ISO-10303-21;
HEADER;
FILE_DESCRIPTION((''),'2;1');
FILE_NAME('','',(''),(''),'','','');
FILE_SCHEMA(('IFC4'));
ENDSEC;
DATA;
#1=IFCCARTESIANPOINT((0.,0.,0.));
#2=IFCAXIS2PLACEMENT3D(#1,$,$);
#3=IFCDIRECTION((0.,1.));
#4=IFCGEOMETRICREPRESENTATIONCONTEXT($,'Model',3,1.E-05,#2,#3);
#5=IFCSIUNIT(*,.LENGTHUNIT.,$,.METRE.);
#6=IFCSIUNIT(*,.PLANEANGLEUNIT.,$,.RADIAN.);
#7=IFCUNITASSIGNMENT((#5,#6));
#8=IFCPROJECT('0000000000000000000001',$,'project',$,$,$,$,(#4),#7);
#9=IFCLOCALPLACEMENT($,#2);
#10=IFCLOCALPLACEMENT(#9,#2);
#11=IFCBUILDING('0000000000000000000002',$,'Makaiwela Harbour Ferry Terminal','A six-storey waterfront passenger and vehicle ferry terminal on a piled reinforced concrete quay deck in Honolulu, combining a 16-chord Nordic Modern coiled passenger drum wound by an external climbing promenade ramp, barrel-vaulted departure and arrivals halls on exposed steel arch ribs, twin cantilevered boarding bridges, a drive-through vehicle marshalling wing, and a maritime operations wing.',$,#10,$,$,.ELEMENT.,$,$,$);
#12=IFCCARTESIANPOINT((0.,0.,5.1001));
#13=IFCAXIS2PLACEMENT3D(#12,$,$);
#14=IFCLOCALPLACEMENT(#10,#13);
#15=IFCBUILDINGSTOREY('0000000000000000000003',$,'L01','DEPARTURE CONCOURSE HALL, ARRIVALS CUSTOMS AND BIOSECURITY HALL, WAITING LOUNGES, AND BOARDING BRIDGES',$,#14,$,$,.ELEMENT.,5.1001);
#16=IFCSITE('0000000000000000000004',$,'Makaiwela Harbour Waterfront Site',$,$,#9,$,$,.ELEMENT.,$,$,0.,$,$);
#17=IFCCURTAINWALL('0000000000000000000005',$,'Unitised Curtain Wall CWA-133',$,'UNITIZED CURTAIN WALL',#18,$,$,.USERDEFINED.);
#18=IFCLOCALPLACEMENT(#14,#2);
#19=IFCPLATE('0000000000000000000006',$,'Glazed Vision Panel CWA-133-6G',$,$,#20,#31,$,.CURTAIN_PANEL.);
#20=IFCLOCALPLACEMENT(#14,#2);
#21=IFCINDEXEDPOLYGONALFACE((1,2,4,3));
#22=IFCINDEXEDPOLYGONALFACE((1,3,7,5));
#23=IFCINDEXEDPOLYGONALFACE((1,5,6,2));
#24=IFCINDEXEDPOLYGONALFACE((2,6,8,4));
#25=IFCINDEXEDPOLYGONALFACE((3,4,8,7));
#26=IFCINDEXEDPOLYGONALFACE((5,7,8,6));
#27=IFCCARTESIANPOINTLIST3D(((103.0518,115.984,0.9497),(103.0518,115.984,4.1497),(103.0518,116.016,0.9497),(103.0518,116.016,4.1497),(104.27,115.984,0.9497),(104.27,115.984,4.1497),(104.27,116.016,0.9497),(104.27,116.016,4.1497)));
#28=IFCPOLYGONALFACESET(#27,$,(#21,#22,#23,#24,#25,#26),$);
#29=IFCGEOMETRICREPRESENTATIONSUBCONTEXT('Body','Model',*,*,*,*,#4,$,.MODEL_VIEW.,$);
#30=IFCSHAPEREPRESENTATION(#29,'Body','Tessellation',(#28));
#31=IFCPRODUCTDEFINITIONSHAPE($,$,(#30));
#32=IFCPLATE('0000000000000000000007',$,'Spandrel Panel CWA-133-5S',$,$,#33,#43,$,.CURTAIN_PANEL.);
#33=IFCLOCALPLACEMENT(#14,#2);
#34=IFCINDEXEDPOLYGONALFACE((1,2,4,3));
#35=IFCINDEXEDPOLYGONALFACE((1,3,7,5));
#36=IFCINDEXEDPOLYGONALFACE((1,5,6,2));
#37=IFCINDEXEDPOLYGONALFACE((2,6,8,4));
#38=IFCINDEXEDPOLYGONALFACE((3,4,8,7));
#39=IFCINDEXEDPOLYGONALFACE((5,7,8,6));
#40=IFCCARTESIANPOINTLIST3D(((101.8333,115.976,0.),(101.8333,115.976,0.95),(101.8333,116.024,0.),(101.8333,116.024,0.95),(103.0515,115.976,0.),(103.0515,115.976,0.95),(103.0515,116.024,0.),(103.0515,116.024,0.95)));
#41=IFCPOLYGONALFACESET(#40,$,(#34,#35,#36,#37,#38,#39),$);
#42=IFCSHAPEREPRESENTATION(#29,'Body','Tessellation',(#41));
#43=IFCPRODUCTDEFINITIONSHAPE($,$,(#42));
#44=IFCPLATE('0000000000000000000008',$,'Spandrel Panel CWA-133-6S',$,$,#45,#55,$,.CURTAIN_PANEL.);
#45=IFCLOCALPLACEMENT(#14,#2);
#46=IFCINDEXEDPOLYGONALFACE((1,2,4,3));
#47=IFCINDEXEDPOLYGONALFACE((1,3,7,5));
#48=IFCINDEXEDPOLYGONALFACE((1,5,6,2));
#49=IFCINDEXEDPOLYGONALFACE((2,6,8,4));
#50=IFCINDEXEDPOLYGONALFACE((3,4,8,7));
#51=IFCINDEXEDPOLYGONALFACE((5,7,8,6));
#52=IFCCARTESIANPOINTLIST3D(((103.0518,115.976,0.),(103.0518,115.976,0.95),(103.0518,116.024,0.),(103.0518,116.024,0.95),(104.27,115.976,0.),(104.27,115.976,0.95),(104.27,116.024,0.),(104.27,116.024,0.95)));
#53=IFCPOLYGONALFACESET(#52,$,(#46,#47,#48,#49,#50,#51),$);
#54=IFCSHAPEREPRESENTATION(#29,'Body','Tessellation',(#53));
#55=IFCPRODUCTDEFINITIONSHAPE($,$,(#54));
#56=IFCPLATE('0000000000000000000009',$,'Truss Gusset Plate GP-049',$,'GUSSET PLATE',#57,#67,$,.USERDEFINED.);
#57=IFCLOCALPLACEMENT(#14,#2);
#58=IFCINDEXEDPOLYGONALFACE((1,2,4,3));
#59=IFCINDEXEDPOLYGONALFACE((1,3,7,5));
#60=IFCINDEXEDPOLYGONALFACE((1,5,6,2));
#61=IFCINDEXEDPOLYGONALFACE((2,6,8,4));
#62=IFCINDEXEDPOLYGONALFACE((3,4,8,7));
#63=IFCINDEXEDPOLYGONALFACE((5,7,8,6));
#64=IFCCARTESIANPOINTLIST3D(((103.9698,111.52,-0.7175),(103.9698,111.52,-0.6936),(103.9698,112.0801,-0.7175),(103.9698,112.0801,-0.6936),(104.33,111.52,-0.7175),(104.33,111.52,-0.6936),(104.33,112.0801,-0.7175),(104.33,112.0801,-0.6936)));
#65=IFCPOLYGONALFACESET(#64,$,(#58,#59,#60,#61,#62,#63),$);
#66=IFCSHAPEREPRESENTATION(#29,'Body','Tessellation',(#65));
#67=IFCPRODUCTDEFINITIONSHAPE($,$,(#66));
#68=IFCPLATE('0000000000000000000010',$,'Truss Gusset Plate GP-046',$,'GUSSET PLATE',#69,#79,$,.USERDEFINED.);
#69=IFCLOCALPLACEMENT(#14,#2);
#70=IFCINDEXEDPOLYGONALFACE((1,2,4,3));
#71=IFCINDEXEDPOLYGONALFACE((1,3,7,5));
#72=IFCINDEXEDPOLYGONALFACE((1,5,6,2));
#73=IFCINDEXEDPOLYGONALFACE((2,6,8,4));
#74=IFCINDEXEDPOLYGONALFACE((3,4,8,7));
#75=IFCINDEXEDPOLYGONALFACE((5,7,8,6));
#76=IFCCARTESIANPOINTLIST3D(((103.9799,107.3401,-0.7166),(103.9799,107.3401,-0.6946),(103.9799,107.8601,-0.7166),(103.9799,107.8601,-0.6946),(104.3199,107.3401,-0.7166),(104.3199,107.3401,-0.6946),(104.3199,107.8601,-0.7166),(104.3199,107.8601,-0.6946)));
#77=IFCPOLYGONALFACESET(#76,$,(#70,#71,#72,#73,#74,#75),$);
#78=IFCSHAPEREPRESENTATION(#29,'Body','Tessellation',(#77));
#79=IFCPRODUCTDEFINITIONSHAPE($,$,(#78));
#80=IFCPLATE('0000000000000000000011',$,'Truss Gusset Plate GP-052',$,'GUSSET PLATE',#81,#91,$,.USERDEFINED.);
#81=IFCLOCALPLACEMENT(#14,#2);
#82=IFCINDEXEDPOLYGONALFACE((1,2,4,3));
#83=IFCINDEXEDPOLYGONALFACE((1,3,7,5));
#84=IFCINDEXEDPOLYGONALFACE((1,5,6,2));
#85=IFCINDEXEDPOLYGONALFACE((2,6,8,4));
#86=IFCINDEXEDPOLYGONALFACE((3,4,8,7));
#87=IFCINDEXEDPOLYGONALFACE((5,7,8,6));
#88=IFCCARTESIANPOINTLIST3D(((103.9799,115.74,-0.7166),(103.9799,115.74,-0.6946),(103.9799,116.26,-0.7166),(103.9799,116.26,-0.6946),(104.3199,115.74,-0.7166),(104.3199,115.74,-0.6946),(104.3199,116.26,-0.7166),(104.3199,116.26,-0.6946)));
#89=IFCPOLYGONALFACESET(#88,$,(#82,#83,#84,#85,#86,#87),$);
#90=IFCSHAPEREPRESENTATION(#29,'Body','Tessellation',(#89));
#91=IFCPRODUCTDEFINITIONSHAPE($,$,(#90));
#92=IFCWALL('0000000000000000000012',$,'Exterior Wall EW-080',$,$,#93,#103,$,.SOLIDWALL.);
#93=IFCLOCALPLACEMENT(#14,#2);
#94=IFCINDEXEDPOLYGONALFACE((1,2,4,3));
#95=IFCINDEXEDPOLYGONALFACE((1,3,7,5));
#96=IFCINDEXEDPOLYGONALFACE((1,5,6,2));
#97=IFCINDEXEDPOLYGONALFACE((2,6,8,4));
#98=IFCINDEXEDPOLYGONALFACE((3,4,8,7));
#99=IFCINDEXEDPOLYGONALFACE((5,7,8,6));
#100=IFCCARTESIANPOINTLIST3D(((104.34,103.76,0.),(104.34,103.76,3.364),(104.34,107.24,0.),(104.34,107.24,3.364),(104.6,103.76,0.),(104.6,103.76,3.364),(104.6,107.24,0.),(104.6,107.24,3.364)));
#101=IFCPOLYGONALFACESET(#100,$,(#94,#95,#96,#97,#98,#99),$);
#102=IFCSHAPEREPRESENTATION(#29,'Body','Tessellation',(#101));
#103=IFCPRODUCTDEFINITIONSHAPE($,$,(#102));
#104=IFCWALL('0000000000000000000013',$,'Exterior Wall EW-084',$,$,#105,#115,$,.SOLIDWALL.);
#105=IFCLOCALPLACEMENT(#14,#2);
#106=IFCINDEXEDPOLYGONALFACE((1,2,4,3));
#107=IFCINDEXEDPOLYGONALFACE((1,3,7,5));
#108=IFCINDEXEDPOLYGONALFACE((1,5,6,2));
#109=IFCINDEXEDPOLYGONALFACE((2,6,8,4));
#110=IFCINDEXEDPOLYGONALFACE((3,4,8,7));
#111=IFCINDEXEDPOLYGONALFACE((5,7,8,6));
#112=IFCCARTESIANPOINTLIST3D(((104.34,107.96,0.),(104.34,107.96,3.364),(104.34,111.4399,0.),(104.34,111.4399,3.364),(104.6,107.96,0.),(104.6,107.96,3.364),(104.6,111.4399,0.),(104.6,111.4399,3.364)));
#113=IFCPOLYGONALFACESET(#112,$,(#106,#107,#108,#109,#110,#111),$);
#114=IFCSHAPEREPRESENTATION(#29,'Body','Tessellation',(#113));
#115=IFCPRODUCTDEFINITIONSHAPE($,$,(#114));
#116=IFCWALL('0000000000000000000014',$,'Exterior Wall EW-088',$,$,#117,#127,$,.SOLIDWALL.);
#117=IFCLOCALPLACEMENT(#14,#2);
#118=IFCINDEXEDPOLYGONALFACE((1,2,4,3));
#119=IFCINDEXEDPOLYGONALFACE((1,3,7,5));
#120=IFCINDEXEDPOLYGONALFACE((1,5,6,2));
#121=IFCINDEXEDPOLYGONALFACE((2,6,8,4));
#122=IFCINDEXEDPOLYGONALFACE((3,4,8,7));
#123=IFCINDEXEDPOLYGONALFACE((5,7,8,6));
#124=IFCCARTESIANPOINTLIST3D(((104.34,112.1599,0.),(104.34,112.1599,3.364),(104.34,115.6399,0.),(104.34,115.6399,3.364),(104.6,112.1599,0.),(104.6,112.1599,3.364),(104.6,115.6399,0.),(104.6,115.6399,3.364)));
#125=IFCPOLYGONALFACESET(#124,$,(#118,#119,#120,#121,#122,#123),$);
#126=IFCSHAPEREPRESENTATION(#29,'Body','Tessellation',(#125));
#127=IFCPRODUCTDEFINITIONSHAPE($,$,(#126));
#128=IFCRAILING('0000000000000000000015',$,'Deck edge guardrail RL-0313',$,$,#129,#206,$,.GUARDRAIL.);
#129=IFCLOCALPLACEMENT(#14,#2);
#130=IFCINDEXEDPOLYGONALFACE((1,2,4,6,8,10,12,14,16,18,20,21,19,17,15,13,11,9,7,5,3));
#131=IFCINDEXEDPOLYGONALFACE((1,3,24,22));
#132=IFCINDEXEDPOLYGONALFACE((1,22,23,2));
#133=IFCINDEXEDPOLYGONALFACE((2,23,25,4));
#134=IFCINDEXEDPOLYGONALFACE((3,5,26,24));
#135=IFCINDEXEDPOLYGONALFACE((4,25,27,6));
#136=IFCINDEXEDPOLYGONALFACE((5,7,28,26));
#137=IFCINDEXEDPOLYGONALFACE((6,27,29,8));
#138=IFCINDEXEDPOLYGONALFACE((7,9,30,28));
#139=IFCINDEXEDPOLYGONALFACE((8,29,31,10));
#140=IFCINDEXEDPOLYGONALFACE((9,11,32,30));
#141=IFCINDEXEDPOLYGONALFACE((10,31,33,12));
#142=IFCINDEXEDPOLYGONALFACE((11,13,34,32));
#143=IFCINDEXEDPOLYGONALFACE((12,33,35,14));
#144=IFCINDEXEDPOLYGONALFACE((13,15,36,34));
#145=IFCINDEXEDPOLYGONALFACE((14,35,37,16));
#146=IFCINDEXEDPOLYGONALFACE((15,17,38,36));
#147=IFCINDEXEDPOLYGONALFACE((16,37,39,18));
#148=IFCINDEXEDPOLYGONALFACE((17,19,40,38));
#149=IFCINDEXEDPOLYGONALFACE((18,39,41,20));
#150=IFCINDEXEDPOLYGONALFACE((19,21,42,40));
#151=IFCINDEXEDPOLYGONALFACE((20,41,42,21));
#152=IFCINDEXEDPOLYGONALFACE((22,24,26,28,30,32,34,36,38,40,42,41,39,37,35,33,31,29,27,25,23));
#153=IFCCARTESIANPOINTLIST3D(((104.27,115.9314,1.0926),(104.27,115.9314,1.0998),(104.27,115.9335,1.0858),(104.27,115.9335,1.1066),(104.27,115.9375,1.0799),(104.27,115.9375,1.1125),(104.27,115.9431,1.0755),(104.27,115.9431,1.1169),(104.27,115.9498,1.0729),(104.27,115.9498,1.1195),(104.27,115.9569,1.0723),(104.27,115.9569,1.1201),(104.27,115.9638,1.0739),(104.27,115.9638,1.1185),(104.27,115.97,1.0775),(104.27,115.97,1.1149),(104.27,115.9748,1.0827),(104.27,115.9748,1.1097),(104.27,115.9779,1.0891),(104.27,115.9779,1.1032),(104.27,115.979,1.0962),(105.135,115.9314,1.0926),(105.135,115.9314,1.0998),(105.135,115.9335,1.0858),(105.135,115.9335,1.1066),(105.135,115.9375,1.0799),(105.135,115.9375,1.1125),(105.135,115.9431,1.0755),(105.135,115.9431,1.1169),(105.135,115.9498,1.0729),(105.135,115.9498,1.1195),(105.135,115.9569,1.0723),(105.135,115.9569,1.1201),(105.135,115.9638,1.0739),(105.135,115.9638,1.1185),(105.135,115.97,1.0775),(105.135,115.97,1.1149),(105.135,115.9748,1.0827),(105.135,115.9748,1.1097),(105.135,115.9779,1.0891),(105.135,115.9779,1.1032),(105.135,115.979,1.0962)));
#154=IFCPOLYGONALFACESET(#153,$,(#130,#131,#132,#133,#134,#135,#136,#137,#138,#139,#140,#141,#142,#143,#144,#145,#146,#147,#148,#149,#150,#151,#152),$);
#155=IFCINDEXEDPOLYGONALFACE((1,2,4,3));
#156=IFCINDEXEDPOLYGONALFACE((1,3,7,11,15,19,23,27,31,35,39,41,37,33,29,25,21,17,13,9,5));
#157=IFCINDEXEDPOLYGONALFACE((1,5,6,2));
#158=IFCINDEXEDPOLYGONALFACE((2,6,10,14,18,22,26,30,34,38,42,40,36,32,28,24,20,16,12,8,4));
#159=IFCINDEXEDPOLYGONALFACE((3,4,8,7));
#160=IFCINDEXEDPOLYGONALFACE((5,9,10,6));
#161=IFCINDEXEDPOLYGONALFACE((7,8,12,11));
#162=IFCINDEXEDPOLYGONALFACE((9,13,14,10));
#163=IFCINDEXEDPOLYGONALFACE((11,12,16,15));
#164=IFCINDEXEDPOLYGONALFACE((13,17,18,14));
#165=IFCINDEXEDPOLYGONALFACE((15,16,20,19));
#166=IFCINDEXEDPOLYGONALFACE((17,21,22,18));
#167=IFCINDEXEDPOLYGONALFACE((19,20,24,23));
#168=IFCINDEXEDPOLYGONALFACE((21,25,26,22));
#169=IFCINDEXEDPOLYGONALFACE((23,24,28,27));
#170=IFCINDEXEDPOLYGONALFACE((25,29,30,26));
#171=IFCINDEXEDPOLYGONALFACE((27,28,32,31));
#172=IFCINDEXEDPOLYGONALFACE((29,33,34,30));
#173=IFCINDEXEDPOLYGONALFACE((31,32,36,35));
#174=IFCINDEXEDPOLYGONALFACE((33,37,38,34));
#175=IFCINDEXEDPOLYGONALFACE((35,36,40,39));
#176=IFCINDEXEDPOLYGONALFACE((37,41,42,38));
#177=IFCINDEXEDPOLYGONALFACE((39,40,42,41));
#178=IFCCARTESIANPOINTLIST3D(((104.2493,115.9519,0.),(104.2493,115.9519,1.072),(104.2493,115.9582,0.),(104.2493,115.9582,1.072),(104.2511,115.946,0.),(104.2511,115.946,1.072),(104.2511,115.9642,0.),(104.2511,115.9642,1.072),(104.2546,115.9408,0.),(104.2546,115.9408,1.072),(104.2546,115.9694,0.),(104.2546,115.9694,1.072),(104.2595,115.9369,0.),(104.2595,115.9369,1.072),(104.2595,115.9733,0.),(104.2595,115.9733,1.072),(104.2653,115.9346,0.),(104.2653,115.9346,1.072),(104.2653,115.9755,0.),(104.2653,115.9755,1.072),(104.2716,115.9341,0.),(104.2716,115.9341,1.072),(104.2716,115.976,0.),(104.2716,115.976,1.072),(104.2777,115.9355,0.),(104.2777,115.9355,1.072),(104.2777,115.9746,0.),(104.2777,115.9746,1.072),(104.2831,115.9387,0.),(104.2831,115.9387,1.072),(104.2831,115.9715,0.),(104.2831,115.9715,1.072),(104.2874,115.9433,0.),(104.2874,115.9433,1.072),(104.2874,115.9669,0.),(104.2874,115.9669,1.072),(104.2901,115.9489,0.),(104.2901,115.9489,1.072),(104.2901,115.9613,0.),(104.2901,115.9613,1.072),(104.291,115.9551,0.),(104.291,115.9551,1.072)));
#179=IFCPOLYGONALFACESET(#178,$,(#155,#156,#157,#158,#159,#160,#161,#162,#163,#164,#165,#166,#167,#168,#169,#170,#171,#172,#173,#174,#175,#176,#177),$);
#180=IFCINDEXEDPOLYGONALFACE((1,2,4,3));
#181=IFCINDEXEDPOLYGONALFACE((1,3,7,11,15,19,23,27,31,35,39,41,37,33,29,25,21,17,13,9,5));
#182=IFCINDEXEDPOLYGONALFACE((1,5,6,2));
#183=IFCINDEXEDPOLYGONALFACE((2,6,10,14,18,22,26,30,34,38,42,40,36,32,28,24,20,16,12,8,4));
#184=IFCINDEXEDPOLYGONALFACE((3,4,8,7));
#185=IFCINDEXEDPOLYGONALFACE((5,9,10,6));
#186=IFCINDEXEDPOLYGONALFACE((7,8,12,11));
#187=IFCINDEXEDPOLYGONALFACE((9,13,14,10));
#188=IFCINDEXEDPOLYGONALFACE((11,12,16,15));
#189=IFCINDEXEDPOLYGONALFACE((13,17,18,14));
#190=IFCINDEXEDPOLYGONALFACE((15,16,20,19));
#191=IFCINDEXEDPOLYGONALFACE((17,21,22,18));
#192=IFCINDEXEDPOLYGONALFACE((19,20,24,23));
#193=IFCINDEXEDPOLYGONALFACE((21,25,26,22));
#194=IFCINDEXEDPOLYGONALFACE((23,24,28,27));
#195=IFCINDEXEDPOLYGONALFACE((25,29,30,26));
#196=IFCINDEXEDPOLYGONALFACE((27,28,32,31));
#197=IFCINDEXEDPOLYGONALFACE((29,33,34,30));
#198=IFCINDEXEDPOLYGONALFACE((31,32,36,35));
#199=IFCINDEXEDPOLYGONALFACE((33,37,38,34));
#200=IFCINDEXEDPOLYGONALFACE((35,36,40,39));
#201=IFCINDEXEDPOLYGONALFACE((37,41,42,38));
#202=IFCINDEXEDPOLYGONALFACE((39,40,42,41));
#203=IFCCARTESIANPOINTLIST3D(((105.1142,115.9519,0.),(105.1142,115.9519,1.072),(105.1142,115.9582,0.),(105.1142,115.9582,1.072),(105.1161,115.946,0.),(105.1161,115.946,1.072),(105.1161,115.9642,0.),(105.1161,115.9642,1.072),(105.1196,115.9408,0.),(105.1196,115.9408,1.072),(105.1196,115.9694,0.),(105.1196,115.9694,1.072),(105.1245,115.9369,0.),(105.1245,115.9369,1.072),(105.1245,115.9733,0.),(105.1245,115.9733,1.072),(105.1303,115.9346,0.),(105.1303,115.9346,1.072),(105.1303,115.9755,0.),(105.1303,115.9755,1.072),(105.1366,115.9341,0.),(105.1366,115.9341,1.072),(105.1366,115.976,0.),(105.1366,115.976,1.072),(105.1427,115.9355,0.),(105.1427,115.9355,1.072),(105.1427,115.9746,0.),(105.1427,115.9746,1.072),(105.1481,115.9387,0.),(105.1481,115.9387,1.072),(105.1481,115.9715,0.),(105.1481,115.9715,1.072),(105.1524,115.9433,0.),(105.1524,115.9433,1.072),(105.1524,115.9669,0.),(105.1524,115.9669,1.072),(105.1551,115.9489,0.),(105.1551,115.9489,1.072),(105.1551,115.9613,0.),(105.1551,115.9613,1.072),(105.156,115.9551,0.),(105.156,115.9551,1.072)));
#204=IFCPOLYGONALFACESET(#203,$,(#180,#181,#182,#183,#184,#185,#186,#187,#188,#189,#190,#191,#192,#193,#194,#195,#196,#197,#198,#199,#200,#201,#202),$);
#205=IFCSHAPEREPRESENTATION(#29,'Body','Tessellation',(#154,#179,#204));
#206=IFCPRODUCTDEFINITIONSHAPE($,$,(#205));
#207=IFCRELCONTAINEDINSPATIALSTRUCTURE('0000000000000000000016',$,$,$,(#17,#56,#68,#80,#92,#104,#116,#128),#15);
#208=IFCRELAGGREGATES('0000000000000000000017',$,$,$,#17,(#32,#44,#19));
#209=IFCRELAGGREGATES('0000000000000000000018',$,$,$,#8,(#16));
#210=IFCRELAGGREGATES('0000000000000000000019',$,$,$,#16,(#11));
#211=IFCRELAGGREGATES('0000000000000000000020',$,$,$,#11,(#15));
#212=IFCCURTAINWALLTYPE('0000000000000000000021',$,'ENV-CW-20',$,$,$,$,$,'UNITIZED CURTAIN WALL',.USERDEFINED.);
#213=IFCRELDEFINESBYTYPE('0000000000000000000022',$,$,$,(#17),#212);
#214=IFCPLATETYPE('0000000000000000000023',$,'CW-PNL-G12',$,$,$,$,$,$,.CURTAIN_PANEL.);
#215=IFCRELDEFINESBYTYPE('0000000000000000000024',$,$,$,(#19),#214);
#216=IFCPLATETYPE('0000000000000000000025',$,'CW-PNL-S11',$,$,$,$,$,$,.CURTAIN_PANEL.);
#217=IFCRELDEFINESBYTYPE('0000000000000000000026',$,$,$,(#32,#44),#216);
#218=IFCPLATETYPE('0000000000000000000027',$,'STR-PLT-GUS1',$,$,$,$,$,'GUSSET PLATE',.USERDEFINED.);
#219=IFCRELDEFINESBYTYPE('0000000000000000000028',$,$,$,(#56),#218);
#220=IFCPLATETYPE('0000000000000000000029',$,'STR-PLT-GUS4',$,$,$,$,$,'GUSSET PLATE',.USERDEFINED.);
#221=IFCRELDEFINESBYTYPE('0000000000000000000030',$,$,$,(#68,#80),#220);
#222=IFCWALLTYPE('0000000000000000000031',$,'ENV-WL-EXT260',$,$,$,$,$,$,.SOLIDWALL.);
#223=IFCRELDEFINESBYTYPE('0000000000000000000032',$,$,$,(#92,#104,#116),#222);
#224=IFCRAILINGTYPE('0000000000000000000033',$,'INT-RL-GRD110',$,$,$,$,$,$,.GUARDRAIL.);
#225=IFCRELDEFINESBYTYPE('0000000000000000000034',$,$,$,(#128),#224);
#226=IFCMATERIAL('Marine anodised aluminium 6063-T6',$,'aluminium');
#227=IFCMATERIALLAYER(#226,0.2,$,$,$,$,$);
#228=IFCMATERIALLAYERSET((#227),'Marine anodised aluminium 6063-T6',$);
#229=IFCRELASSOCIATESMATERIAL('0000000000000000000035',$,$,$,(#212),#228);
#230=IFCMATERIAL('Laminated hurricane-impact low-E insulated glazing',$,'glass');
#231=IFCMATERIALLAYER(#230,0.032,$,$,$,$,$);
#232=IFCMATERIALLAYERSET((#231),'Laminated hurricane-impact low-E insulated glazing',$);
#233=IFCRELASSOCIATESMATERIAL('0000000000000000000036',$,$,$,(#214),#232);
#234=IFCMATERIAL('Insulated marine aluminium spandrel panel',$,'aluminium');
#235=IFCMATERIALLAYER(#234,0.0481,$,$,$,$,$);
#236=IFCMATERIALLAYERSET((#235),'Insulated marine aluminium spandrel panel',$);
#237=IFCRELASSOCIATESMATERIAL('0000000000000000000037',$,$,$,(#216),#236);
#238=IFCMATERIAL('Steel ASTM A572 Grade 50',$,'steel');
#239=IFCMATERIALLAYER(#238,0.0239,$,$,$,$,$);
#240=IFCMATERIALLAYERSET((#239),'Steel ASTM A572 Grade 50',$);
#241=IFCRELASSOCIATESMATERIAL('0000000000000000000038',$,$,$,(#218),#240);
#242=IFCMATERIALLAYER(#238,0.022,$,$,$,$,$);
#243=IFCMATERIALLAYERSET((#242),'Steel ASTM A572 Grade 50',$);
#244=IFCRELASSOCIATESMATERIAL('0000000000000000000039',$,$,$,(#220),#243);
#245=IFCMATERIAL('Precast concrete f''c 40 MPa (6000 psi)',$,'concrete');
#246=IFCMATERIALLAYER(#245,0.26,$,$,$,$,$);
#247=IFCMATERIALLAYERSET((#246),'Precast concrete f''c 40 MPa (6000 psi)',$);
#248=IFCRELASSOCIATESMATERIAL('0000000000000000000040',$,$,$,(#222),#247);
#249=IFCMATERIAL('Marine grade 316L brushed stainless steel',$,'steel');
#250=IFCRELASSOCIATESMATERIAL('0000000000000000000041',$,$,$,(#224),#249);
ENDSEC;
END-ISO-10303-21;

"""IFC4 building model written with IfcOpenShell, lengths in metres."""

from ifc_helpers import new_model, si_unit, direction, frame, frame_2d, origin, origin_2d, place, context, subcontext, project, spatial, rectangle, circle, extrude, material, layer, layer_set, type_object, element, aggregate, save


model = new_model("IFC4")

# Units and contexts
model_context = context("Model", 3, precision=1e-05, world=origin(), true_north=direction((0.0, 1.0)))
body_context = subcontext(model_context, "Body", "Model", "MODEL_VIEW")
ifc_project = project(units=[si_unit("LENGTHUNIT", "METRE"), si_unit("PLANEANGLEUNIT", "RADIAN")], contexts=[model_context])

# Site, building, storey
site_placement = place(None, origin())
site = spatial("IfcSite", under=ifc_project, at=site_placement, Name="Makaiwela Harbour Waterfront Site", CompositionType="ELEMENT", RefElevation=0.0)
building_placement = place(site_placement, origin())
building = spatial("IfcBuilding", under=site, at=building_placement, Name="Makaiwela Harbour Ferry Terminal", Description="A six-storey waterfront passenger and vehicle ferry terminal on a piled reinforced concrete quay deck in Honolulu, combining a 16-chord Nordic Modern coiled passenger drum wound by an external climbing promenade ramp, barrel-vaulted departure and arrivals halls on exposed steel arch ribs, twin cantilevered boarding bridges, a drive-through vehicle marshalling wing, and a maritime operations wing.", CompositionType="ELEMENT")
storey_placement = place(building_placement, frame((0.0, 0.0, 5.1001)))
storey = spatial("IfcBuildingStorey", under=building, at=storey_placement, Name="L01", Description="DEPARTURE CONCOURSE HALL, ARRIVALS CUSTOMS AND BIOSECURITY HALL, WAITING LOUNGES, AND BOARDING BRIDGES", CompositionType="ELEMENT", Elevation=5.1001)

# Curtain wall
ifc_material_1 = material(Name="Marine anodised aluminium 6063-T6", Category="aluminium")
ifc_layer_1 = layer(ifc_material_1, 0.2)
ifc_layer_set_1 = layer_set([ifc_layer_1], Name="Marine anodised aluminium 6063-T6")
curtain_wall_type = type_object("IfcCurtainWallType", Name="ENV-CW-20", ElementType="UNITIZED CURTAIN WALL", PredefinedType="USERDEFINED", material=ifc_layer_set_1)
curtain_wall_placement = place(storey_placement, origin())
curtain_wall = element("IfcCurtainWall", 1, at=curtain_wall_placement, inside=storey, type_object=curtain_wall_type, Name="Unitised Curtain Wall CWA-133", ObjectType="UNITIZED CURTAIN WALL", PredefinedType="USERDEFINED")

# Plates
ifc_material_2 = material(Name="Laminated hurricane-impact low-E insulated glazing", Category="glass")
ifc_layer_2 = layer(ifc_material_2, 0.032)
ifc_layer_set_2 = layer_set([ifc_layer_2], Name="Laminated hurricane-impact low-E insulated glazing")
plate_type_1 = type_object("IfcPlateType", Name="CW-PNL-G12", PredefinedType="CURTAIN_PANEL", material=ifc_layer_set_2)
plate_1_placement = place(storey_placement, frame((103.6609, 116.0, 0.9497), z_axis=(0.0, 0.0, 1.0), x_axis=(1.0, 0.0, 0.0)))
plate_1 = element("IfcPlate", 2, at=plate_1_placement, type_object=plate_type_1, Name="Glazed Vision Panel CWA-133-6G", PredefinedType="CURTAIN_PANEL", context=body_context, shape_type="SweptSolid", body=[
    extrude(rectangle(XDim=1.2183, YDim=0.032, at=origin_2d()), origin(), (0.0, 0.0, 1.0), 3.2),
])
ifc_material_3 = material(Name="Insulated marine aluminium spandrel panel", Category="aluminium")
ifc_layer_3 = layer(ifc_material_3, 0.0481)
ifc_layer_set_3 = layer_set([ifc_layer_3], Name="Insulated marine aluminium spandrel panel")
plate_type_2 = type_object("IfcPlateType", Name="CW-PNL-S11", PredefinedType="CURTAIN_PANEL", material=ifc_layer_set_3)
plate_2_placement = place(storey_placement, frame((102.4424, 116.0, 0.0), z_axis=(0.0, 0.0, 1.0), x_axis=(1.0, 0.0, 0.0)))
plate_2 = element("IfcPlate", 3, at=plate_2_placement, type_object=plate_type_2, Name="Spandrel Panel CWA-133-5S", PredefinedType="CURTAIN_PANEL", context=body_context, shape_type="SweptSolid", body=[
    extrude(rectangle(XDim=1.2183, YDim=0.0481, at=origin_2d()), origin(), (0.0, 0.0, 1.0), 0.95),
])
plate_3_placement = place(storey_placement, frame((103.6609, 116.0, 0.0), z_axis=(0.0, 0.0, 1.0), x_axis=(1.0, 0.0, 0.0)))
plate_3 = element("IfcPlate", 4, at=plate_3_placement, type_object=plate_type_2, Name="Spandrel Panel CWA-133-6S", PredefinedType="CURTAIN_PANEL", context=body_context, shape_type="SweptSolid", body=[
    extrude(rectangle(XDim=1.2183, YDim=0.0481, at=origin_2d()), origin(), (0.0, 0.0, 1.0), 0.95),
])
aggregate(curtain_wall, [plate_2, plate_3, plate_1])

# Plates
ifc_material_4 = material(Name="Steel ASTM A572 Grade 50", Category="steel")
ifc_layer_4 = layer(ifc_material_4, 0.0239)
ifc_layer_set_4 = layer_set([ifc_layer_4], Name="Steel ASTM A572 Grade 50")
plate_type_3 = type_object("IfcPlateType", Name="STR-PLT-GUS1", ElementType="GUSSET PLATE", PredefinedType="USERDEFINED", material=ifc_layer_set_4)
plate_4_placement = place(storey_placement, frame((104.1499, 111.8, -0.7175), z_axis=(0.0, 0.0, 1.0), x_axis=(0.0, 1.0, 0.0)))
element("IfcPlate", 5, at=plate_4_placement, inside=storey, type_object=plate_type_3, Name="Truss Gusset Plate GP-049", ObjectType="GUSSET PLATE", PredefinedType="USERDEFINED", context=body_context, shape_type="SweptSolid", body=[
    extrude(rectangle(XDim=0.5601, YDim=0.3601, at=origin_2d()), origin(), (0.0, 0.0, 1.0), 0.0239),
])
ifc_layer_5 = layer(ifc_material_4, 0.022)
ifc_layer_set_5 = layer_set([ifc_layer_5], Name="Steel ASTM A572 Grade 50")
plate_type_4 = type_object("IfcPlateType", Name="STR-PLT-GUS4", ElementType="GUSSET PLATE", PredefinedType="USERDEFINED", material=ifc_layer_set_5)
for number, where, z_axis, x_axis, name in (
    (6, (104.1499, 107.6001, -0.7166), (0.0, 0.0, 1.0), (0.0, 1.0, 0.0), "Truss Gusset Plate GP-046"),
    (7, (104.1499, 116.0, -0.7166), (0.0, 0.0, 1.0), (0.0, 1.0, 0.0), "Truss Gusset Plate GP-052"),
):
    element("IfcPlate", number, at=place(storey_placement, frame(where, z_axis=z_axis, x_axis=x_axis)), inside=storey, type_object=plate_type_4, Name=name, ObjectType="GUSSET PLATE", PredefinedType="USERDEFINED", context=body_context, shape_type="SweptSolid", body=[
        extrude(rectangle(XDim=0.52, YDim=0.3401, at=origin_2d()), origin(), (0.0, 0.0, 1.0), 0.022),
    ])

# Walls
ifc_material_5 = material(Name="Precast concrete f'c 40 MPa (6000 psi)", Category="concrete")
ifc_layer_6 = layer(ifc_material_5, 0.26)
ifc_layer_set_6 = layer_set([ifc_layer_6], Name="Precast concrete f'c 40 MPa (6000 psi)")
wall_type = type_object("IfcWallType", Name="ENV-WL-EXT260", PredefinedType="SOLIDWALL", material=ifc_layer_set_6)
for number, where, z_axis, x_axis, name in (
    (8, (104.47, 107.24, 0.0), (0.0, 0.0, 1.0), (0.0, -1.0, 0.0), "Exterior Wall EW-080"),
    (9, (104.47, 111.4399, 0.0), (0.0, 0.0, 1.0), (0.0, -1.0, 0.0), "Exterior Wall EW-084"),
    (10, (104.47, 115.6399, 0.0), (0.0, 0.0, 1.0), (0.0, -1.0, 0.0), "Exterior Wall EW-088"),
):
    element("IfcWall", number, at=place(storey_placement, frame(where, z_axis=z_axis, x_axis=x_axis)), inside=storey, type_object=wall_type, Name=name, PredefinedType="SOLIDWALL", context=body_context, shape_type="SweptSolid", body=[
        extrude(rectangle(XDim=3.48, YDim=0.26, at=frame_2d((1.74, 0.0))), origin(), (0.0, 0.0, 1.0), 3.364),
    ])

# Railing
ifc_material_6 = material(Name="Marine grade 316L brushed stainless steel", Category="steel")
railing_type = type_object("IfcRailingType", Name="INT-RL-GRD110", PredefinedType="GUARDRAIL", material=ifc_material_6)
railing_1_placement = place(storey_placement, frame((104.27, 115.9551, 0.0)))
element("IfcRailing", 11, at=railing_1_placement, inside=storey, type_object=railing_type, Name="Deck edge guardrail RL-0313", PredefinedType="GUARDRAIL", context=body_context, shape_type="SweptSolid", body=[
    extrude(circle(Radius=0.0239, at=origin_2d()), frame((0.0, 0.0, 1.0962), z_axis=(1.0, 0.0, 0.0), x_axis=(0.0, 1.0, 0.0)), (0.0, 0.0, 1.0), 0.865),
    extrude(circle(Radius=0.021, at=origin_2d()), origin(), (0.0, 0.0, 1.0), 1.072),
    extrude(circle(Radius=0.021, at=origin_2d()), frame((0.865, 0.0, 0.0)), (0.0, 0.0, 1.0), 1.072),
])

save(model, "model.ifc")
